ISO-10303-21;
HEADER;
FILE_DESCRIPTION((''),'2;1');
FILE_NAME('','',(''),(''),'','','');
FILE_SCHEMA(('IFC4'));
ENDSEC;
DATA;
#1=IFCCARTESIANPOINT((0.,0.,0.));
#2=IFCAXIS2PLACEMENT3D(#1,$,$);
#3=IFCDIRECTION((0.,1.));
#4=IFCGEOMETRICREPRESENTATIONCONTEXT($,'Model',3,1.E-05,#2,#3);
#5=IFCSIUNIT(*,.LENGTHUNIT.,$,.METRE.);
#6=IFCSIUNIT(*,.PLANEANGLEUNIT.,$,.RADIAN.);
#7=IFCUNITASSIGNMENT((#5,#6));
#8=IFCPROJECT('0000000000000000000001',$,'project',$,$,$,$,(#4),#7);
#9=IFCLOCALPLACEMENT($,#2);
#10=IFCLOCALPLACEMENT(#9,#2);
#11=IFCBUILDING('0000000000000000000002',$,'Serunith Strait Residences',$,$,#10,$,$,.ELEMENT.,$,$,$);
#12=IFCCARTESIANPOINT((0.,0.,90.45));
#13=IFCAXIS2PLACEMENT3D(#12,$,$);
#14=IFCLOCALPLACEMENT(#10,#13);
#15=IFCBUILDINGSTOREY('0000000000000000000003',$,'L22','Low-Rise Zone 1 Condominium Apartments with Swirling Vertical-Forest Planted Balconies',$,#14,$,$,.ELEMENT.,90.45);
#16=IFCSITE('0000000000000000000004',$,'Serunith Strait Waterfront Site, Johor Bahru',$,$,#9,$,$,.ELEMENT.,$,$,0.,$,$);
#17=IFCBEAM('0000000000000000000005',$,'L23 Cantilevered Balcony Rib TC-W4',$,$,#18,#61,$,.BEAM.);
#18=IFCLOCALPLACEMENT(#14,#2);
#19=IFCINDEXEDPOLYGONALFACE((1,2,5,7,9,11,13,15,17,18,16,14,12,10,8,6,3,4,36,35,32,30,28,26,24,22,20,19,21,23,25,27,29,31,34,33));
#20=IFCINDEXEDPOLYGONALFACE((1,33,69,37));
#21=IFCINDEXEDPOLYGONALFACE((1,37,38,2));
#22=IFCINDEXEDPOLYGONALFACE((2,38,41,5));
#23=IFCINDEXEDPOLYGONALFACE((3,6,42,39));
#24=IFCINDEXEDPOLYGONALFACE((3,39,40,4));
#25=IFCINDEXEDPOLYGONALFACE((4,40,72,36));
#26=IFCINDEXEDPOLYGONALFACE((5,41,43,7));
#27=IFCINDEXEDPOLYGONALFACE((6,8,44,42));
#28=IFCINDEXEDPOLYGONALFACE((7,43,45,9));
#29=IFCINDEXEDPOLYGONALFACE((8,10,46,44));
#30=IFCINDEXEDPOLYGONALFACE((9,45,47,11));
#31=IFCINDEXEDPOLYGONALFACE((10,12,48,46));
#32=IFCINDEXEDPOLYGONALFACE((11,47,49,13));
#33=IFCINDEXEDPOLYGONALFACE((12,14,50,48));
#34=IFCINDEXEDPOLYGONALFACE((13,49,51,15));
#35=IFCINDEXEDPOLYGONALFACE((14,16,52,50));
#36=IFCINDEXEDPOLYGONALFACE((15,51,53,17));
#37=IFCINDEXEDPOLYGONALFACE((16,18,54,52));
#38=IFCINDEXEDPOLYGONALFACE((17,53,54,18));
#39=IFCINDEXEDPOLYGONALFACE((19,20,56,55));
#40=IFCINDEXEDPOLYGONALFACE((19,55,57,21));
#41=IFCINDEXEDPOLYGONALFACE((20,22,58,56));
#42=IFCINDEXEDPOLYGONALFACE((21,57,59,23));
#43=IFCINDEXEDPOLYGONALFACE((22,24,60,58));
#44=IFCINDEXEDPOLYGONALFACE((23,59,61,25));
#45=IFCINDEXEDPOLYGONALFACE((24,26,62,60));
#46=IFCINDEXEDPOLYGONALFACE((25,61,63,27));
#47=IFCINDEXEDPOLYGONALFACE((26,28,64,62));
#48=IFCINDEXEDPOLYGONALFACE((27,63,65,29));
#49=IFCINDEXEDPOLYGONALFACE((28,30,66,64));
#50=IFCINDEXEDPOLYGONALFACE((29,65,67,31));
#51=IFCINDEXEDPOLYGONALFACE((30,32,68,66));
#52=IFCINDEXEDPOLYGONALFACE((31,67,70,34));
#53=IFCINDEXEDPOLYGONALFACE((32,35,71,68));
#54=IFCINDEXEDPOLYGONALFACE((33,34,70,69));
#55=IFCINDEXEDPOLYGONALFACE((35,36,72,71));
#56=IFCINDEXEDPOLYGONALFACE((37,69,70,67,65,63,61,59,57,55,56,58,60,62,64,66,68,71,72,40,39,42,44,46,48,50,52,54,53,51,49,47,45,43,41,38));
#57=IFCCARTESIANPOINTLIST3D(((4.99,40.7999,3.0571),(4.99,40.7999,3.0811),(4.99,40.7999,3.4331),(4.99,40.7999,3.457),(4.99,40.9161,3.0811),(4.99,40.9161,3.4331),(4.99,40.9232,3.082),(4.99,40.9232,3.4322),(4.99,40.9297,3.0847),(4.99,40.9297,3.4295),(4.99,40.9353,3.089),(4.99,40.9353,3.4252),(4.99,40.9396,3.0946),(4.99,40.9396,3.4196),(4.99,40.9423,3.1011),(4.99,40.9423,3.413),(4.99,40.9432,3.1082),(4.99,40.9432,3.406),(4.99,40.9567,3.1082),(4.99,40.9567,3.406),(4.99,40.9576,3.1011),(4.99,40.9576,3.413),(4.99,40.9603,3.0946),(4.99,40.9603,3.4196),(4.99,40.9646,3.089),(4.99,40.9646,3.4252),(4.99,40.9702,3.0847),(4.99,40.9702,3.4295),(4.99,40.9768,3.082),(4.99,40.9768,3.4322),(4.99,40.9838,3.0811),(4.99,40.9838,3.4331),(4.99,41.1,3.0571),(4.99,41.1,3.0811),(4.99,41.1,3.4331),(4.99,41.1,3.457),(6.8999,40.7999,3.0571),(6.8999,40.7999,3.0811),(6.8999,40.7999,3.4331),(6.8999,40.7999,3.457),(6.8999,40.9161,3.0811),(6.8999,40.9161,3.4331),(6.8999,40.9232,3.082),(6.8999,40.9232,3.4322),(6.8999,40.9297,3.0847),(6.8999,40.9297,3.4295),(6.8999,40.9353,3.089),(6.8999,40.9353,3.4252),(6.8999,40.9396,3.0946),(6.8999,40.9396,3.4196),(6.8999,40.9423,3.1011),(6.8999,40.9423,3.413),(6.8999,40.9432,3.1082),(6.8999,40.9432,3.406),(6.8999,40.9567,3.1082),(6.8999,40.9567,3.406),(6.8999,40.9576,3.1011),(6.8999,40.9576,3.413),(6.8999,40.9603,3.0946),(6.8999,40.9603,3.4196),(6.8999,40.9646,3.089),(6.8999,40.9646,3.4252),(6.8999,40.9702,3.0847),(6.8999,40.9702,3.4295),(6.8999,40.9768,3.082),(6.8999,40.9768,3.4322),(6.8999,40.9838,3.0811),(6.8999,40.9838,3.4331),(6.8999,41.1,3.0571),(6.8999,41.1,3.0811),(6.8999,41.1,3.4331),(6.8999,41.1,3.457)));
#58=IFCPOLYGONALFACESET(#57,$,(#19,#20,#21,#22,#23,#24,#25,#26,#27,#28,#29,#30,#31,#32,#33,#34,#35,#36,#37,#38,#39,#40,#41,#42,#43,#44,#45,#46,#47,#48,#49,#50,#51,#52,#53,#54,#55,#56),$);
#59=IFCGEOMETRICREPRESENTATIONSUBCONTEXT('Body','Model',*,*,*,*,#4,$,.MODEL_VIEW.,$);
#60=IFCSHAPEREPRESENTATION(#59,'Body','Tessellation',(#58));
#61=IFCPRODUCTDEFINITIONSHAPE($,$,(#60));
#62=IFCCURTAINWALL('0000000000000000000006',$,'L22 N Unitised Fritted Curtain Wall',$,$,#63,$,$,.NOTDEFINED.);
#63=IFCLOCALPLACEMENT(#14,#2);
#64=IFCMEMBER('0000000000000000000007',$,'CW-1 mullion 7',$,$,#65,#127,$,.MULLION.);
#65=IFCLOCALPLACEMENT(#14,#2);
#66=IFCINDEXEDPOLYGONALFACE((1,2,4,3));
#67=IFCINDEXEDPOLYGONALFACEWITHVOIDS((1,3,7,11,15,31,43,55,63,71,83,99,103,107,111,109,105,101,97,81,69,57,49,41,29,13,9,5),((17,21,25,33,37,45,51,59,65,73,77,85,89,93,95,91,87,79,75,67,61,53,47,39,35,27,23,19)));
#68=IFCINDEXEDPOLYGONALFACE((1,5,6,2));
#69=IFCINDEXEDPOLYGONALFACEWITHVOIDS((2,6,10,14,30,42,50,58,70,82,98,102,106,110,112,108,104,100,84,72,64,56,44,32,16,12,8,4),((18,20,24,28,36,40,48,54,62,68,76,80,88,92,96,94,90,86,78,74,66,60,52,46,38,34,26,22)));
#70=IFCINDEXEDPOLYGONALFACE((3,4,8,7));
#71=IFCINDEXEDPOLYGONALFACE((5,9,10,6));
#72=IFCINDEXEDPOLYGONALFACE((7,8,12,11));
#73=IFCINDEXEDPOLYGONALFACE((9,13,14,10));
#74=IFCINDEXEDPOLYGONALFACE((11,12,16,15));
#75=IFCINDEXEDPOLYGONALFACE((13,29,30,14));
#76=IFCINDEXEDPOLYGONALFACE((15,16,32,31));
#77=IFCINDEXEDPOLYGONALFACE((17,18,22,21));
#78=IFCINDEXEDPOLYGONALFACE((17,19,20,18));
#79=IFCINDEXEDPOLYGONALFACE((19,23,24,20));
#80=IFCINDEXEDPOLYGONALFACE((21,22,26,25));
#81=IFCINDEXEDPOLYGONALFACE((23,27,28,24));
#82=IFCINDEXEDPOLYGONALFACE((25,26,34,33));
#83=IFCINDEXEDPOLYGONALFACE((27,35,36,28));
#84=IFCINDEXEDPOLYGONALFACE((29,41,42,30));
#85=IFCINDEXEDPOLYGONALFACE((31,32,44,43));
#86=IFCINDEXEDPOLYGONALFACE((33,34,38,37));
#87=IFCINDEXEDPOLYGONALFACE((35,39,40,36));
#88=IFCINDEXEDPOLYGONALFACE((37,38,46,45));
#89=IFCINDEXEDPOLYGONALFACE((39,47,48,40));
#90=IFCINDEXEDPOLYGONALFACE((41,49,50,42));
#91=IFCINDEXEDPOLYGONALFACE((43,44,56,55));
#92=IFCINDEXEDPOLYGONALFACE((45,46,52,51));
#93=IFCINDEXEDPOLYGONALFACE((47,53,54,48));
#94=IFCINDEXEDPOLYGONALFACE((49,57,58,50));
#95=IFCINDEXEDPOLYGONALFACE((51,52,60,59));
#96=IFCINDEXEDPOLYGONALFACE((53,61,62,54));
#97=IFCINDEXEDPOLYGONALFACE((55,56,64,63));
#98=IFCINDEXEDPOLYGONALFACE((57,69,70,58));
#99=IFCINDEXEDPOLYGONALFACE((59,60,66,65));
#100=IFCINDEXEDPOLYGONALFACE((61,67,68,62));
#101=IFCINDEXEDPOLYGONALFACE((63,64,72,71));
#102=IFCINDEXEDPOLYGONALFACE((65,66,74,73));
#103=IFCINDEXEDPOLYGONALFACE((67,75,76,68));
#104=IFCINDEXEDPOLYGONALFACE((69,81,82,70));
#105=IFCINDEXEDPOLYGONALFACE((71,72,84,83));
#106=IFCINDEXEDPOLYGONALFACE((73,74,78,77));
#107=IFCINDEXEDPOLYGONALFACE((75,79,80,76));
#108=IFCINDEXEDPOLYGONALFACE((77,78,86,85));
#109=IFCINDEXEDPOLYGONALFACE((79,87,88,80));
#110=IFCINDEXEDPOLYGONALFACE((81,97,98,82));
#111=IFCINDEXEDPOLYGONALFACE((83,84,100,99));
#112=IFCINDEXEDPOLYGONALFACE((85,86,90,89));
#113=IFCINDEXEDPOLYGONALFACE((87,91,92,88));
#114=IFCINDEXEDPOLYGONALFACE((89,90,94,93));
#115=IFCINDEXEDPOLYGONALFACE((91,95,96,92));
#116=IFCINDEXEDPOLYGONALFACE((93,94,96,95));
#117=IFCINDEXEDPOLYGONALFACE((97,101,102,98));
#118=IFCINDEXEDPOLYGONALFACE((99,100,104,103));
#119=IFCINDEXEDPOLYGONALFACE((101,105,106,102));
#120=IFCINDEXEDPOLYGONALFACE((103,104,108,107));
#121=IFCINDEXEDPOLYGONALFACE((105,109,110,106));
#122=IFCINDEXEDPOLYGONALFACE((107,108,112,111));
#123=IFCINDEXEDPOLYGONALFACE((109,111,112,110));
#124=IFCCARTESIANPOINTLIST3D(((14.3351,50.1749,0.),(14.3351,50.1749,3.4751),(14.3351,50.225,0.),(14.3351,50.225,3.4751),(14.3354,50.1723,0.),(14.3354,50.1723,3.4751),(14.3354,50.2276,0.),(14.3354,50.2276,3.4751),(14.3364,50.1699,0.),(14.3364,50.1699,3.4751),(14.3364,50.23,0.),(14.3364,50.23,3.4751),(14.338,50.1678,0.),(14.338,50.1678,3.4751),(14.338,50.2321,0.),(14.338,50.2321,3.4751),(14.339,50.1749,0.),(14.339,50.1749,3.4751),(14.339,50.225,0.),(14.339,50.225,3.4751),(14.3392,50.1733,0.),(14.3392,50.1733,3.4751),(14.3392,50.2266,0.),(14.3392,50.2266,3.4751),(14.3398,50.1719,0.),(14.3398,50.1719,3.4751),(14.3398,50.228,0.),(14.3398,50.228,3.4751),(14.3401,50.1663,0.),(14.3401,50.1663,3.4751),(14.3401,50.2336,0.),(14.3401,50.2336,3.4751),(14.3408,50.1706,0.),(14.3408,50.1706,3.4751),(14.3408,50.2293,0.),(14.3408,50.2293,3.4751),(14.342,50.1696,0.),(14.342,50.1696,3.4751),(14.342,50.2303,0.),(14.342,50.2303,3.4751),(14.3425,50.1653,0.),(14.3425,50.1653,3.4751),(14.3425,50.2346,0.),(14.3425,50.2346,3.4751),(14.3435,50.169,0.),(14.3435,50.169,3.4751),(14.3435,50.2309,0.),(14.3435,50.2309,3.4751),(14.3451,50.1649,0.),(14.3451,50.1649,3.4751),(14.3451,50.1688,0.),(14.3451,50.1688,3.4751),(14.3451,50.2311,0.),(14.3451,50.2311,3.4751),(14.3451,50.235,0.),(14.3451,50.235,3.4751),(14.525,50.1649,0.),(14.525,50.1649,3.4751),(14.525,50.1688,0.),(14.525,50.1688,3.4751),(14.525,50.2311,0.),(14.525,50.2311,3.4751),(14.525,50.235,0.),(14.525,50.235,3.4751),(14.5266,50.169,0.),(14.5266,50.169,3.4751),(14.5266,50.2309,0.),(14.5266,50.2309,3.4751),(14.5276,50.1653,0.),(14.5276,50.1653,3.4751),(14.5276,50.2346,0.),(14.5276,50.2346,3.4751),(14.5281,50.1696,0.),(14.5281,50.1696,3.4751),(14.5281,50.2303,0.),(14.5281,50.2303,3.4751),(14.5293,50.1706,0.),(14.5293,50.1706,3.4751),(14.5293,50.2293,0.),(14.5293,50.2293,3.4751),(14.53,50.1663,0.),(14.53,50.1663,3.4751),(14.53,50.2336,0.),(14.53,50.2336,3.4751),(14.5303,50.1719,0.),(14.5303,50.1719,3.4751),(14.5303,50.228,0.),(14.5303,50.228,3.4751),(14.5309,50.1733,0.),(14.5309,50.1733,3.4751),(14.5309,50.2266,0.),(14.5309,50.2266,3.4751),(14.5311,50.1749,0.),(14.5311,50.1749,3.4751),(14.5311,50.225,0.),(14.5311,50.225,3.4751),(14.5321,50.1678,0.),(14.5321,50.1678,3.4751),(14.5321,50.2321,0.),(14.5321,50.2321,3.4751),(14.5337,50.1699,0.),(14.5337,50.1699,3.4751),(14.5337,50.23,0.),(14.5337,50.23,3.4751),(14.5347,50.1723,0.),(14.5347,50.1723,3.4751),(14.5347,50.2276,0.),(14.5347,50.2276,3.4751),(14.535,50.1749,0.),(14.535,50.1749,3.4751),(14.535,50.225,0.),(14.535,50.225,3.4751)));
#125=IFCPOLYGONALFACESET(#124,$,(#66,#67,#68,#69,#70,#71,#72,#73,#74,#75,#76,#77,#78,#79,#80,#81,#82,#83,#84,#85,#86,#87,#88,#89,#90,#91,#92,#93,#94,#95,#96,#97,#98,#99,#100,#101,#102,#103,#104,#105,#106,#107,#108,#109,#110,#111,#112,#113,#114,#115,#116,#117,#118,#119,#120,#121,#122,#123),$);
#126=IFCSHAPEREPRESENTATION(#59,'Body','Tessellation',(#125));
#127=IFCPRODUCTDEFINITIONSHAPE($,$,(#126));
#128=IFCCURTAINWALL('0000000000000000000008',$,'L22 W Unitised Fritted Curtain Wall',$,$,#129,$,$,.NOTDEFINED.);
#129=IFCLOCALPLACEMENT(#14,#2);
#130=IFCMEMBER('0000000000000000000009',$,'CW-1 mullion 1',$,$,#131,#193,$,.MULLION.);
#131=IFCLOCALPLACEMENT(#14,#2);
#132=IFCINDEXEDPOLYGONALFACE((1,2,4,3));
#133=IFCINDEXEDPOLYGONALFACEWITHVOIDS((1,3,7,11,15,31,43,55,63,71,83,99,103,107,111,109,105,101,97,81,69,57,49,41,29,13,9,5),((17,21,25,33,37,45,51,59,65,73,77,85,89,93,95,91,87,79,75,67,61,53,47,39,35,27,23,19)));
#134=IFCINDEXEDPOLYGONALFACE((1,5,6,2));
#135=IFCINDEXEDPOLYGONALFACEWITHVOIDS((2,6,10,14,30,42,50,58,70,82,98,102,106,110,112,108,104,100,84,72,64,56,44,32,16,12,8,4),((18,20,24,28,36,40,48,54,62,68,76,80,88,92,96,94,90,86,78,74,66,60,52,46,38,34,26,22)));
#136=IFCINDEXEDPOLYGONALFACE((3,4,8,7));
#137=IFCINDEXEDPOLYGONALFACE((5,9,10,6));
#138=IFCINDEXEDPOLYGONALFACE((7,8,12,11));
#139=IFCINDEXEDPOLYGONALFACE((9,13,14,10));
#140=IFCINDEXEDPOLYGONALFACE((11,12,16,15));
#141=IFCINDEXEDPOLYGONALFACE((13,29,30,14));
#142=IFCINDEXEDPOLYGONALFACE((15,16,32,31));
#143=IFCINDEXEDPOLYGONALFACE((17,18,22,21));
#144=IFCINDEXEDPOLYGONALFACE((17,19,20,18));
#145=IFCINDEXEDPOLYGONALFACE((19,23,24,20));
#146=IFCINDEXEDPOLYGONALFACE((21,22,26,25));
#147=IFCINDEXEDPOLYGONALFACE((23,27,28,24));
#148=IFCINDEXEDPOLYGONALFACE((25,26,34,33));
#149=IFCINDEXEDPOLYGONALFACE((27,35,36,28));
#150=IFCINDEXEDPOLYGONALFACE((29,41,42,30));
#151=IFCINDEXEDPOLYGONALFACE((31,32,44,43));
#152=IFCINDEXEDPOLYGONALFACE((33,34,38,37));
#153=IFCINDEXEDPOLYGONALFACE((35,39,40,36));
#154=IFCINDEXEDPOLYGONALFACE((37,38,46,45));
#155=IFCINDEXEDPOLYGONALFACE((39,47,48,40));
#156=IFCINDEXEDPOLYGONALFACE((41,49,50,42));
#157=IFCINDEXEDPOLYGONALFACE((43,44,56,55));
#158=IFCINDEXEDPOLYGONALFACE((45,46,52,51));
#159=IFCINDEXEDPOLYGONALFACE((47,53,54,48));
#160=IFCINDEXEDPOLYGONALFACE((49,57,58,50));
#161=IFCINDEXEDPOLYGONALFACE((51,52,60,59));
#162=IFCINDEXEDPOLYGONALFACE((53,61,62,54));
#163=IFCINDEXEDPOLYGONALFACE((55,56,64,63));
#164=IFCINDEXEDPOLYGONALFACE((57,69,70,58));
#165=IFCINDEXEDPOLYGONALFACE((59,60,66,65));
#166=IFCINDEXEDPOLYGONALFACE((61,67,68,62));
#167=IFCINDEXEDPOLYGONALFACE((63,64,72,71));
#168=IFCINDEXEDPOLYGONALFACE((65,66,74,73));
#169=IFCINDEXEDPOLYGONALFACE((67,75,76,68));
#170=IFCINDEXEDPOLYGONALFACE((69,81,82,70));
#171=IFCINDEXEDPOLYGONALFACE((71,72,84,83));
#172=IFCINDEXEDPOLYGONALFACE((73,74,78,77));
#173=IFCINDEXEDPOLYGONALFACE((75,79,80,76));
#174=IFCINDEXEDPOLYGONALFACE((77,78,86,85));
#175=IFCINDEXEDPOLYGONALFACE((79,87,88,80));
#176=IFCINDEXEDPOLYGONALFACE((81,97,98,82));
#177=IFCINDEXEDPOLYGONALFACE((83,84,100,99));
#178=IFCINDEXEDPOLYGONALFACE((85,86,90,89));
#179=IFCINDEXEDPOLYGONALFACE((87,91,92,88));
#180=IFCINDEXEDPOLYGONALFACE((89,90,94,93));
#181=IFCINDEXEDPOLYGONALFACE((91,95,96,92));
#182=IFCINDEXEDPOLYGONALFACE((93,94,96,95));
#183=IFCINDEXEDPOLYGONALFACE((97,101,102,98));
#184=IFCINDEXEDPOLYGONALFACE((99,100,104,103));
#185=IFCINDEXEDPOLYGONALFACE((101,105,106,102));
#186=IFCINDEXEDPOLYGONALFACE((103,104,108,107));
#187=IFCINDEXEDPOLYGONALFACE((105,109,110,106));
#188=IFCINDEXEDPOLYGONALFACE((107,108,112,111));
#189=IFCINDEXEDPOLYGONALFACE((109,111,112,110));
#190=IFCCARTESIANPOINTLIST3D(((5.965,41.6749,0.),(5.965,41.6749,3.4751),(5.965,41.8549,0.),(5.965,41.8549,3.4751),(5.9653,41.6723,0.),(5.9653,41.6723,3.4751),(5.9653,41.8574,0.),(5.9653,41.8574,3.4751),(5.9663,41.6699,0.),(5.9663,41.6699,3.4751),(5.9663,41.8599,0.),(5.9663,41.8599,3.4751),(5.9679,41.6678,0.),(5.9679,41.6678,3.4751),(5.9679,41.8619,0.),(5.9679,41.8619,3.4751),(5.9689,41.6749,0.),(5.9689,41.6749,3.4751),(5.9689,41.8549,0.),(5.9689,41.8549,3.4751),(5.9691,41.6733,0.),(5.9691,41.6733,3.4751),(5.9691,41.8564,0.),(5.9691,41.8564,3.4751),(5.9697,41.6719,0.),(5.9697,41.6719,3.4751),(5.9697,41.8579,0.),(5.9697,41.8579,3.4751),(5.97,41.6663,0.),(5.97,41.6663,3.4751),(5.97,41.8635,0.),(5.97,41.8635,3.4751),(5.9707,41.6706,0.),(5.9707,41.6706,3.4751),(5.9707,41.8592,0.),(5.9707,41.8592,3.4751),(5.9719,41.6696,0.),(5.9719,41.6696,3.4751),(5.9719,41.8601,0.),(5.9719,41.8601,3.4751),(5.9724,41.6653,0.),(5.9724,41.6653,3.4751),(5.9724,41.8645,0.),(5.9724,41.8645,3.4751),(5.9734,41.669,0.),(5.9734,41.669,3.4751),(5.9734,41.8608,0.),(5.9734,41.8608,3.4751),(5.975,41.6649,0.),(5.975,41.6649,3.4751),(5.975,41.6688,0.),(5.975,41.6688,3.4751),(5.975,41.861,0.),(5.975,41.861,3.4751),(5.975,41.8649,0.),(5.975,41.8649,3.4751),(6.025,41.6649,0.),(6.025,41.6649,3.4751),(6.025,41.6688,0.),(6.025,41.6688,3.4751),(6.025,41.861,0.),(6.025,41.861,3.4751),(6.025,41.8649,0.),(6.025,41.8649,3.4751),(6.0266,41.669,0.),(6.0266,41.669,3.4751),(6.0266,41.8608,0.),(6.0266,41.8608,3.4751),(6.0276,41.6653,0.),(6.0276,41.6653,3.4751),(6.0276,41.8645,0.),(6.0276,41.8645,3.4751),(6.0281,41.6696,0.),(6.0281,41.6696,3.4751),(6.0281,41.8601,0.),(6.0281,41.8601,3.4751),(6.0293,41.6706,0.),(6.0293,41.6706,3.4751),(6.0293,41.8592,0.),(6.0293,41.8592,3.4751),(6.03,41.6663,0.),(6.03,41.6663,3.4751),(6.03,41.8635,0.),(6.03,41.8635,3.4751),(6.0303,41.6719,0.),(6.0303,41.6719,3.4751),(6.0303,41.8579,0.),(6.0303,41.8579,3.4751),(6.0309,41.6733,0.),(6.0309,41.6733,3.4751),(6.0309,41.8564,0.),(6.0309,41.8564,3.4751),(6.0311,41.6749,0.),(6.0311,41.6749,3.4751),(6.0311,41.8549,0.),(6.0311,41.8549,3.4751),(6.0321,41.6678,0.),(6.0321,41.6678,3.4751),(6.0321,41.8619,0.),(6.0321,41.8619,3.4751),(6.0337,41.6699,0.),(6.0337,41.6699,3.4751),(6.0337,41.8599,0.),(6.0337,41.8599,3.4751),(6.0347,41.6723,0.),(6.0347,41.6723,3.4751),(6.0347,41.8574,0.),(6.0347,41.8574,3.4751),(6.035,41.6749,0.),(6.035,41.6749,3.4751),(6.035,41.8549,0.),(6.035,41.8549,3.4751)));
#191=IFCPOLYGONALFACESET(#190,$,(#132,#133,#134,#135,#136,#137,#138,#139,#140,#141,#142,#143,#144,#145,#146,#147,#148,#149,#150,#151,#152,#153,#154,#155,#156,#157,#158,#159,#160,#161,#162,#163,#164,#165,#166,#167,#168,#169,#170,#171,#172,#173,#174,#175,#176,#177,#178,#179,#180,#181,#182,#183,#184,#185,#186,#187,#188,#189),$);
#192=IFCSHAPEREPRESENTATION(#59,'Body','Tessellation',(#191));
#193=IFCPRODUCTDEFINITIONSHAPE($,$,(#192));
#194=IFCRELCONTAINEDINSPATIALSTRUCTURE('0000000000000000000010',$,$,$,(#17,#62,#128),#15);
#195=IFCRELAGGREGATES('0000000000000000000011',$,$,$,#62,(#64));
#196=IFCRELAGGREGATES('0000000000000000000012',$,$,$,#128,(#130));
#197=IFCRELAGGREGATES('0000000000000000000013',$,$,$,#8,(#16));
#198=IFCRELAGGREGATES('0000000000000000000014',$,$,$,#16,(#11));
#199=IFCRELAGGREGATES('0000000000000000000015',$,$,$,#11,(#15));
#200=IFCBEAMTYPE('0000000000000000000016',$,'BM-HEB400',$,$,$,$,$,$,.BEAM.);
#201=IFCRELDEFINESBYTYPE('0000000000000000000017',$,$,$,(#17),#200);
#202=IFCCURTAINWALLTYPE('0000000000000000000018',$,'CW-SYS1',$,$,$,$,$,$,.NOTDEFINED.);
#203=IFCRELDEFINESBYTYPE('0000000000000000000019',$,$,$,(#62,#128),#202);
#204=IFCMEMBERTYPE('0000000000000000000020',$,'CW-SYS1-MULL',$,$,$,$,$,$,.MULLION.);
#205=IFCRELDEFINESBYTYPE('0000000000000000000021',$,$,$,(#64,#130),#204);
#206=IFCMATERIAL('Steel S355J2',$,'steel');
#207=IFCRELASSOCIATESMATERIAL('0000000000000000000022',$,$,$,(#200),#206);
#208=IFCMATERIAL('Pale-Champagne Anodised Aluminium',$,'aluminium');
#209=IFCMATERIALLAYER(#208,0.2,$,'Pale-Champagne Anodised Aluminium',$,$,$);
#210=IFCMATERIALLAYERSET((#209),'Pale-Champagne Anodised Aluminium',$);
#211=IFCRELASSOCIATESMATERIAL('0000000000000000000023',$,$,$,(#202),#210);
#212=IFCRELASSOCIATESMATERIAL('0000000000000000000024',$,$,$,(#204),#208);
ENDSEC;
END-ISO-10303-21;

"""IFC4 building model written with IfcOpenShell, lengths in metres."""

from ifc_helpers import new_model, si_unit, direction, frame, origin, origin_2d, place, context, subcontext, project, spatial, hollow_rectangle, i_section, extrude, source, transform, mapped, material, layer, layer_set, material_profile, profile_set, type_object, element, aggregate, save


model = new_model("IFC4")

# Units and contexts
model_context = context("Model", 3, precision=1e-05, world=origin(), true_north=direction((0.0, 1.0)))
body_context = subcontext(model_context, "Body", "Model", "MODEL_VIEW")
ifc_project = project(units=[si_unit("LENGTHUNIT", "METRE"), si_unit("PLANEANGLEUNIT", "RADIAN")], contexts=[model_context])

# Site, building, storey
site_placement = place(None, origin())
site = spatial("IfcSite", under=ifc_project, at=site_placement, Name="Serunith Strait Waterfront Site, Johor Bahru", CompositionType="ELEMENT", RefElevation=0.0)
building_placement = place(site_placement, origin())
building = spatial("IfcBuilding", under=site, at=building_placement, Name="Serunith Strait Residences", CompositionType="ELEMENT")
storey_placement = place(building_placement, frame((0.0, 0.0, 90.45)))
storey = spatial("IfcBuildingStorey", under=building, at=storey_placement, Name="L22", Description="Low-Rise Zone 1 Condominium Apartments with Swirling Vertical-Forest Planted Balconies", CompositionType="ELEMENT", Elevation=90.45)

# Beam
ifc_material_1 = material(Name="Steel S355J2", Category="steel")
ifc_material_profile_1 = material_profile(ifc_material_1, i_section(OverallWidth=0.3, OverallDepth=0.3999, WebThickness=0.0134, FlangeThickness=0.0239, FilletRadius=0.0271, at=origin_2d()), Name="HEB 400")
ifc_profile_set_1 = profile_set([ifc_material_profile_1], Name="Steel S355J2")
beam_type_1 = type_object("IfcBeamType", Name="BM-HEB400", PredefinedType="BEAM", material=ifc_profile_set_1)
shared_shape_1 = source(origin(), body_context, "Body", "SweptSolid", [
    extrude(i_section(OverallWidth=0.3, OverallDepth=0.3999, WebThickness=0.0134, FlangeThickness=0.0239, FilletRadius=0.0271, at=origin_2d()), origin(), (0.0, 0.0, 1.0), 1.9099),
])
for number, where, z_axis, x_axis, name in (
    (1, (6.8999, 40.95, 3.2571), (-1.0, 0.0, 0.0), (0.0, -1.0, 0.0), "L23 Cantilevered Balcony Rib TC-W4"),
):
    element("IfcBeam", number, at=place(storey_placement, frame(where, z_axis=z_axis, x_axis=x_axis)), inside=storey, type_object=beam_type_1, Name=name, PredefinedType="BEAM", context=body_context, shape_type="MappedRepresentation", body=[
        mapped(shared_shape_1, transform((0.0, 0.0, 0.0), scale=1.0)),
    ])

# Curtain wall, member
ifc_material_2 = material(Name="Pale-Champagne Anodised Aluminium", Category="aluminium")
ifc_layer_1 = layer(ifc_material_2, 0.2, Name="Pale-Champagne Anodised Aluminium")
ifc_layer_set_1 = layer_set([ifc_layer_1], Name="Pale-Champagne Anodised Aluminium")
curtain_wall_type = type_object("IfcCurtainWallType", Name="CW-SYS1", PredefinedType="NOTDEFINED", material=ifc_layer_set_1)
curtain_wall_1_placement = place(storey_placement, origin())
curtain_wall_1 = element("IfcCurtainWall", 2, at=curtain_wall_1_placement, inside=storey, type_object=curtain_wall_type, Name="L22 N Unitised Fritted Curtain Wall", PredefinedType="NOTDEFINED")
ifc_material_profile_2 = material_profile(ifc_material_2, hollow_rectangle(XDim=0.0701, YDim=0.2, WallThickness=0.0039, InnerFilletRadius=0.0061, OuterFilletRadius=0.01, at=origin_2d()), Name="ALU 200x70x4")
ifc_profile_set_2 = profile_set([ifc_material_profile_2], Name="Pale-Champagne Anodised Aluminium")
member_type_1 = type_object("IfcMemberType", Name="CW-SYS1-MULL", PredefinedType="MULLION", material=ifc_profile_set_2)
shared_shape_2 = source(origin(), body_context, "Body", "SweptSolid", [
    extrude(hollow_rectangle(XDim=0.0701, YDim=0.2, WallThickness=0.0039, InnerFilletRadius=0.0061, OuterFilletRadius=0.01, at=origin_2d()), origin(), (0.0, 0.0, 1.0), 3.4751),
])
member_1_placement = place(storey_placement, frame((14.4351, 50.2, 0.0), z_axis=(0.0, 0.0, 1.0), x_axis=(0.0, -1.0, 0.0)))
member_1 = element("IfcMember", 3, at=member_1_placement, type_object=member_type_1, Name="CW-1 mullion 7", PredefinedType="MULLION", context=body_context, shape_type="MappedRepresentation", body=[
    mapped(shared_shape_2, transform((0.0, 0.0, 0.0), scale=1.0)),
])

# Curtain wall, member
curtain_wall_2_placement = place(storey_placement, origin())
curtain_wall_2 = element("IfcCurtainWall", 4, at=curtain_wall_2_placement, inside=storey, type_object=curtain_wall_type, Name="L22 W Unitised Fritted Curtain Wall", PredefinedType="NOTDEFINED")
member_2_placement = place(storey_placement, frame((6.0, 41.7649, 0.0), z_axis=(0.0, 0.0, 1.0), x_axis=(1.0, 0.0, 0.0)))
member_2 = element("IfcMember", 5, at=member_2_placement, type_object=member_type_1, Name="CW-1 mullion 1", PredefinedType="MULLION", context=body_context, shape_type="MappedRepresentation", body=[
    mapped(shared_shape_2, transform((0.0, 0.0, 0.0), scale=1.0)),
])

aggregate(curtain_wall_1, [member_1])
aggregate(curtain_wall_2, [member_2])

save(model, "model.ifc")
